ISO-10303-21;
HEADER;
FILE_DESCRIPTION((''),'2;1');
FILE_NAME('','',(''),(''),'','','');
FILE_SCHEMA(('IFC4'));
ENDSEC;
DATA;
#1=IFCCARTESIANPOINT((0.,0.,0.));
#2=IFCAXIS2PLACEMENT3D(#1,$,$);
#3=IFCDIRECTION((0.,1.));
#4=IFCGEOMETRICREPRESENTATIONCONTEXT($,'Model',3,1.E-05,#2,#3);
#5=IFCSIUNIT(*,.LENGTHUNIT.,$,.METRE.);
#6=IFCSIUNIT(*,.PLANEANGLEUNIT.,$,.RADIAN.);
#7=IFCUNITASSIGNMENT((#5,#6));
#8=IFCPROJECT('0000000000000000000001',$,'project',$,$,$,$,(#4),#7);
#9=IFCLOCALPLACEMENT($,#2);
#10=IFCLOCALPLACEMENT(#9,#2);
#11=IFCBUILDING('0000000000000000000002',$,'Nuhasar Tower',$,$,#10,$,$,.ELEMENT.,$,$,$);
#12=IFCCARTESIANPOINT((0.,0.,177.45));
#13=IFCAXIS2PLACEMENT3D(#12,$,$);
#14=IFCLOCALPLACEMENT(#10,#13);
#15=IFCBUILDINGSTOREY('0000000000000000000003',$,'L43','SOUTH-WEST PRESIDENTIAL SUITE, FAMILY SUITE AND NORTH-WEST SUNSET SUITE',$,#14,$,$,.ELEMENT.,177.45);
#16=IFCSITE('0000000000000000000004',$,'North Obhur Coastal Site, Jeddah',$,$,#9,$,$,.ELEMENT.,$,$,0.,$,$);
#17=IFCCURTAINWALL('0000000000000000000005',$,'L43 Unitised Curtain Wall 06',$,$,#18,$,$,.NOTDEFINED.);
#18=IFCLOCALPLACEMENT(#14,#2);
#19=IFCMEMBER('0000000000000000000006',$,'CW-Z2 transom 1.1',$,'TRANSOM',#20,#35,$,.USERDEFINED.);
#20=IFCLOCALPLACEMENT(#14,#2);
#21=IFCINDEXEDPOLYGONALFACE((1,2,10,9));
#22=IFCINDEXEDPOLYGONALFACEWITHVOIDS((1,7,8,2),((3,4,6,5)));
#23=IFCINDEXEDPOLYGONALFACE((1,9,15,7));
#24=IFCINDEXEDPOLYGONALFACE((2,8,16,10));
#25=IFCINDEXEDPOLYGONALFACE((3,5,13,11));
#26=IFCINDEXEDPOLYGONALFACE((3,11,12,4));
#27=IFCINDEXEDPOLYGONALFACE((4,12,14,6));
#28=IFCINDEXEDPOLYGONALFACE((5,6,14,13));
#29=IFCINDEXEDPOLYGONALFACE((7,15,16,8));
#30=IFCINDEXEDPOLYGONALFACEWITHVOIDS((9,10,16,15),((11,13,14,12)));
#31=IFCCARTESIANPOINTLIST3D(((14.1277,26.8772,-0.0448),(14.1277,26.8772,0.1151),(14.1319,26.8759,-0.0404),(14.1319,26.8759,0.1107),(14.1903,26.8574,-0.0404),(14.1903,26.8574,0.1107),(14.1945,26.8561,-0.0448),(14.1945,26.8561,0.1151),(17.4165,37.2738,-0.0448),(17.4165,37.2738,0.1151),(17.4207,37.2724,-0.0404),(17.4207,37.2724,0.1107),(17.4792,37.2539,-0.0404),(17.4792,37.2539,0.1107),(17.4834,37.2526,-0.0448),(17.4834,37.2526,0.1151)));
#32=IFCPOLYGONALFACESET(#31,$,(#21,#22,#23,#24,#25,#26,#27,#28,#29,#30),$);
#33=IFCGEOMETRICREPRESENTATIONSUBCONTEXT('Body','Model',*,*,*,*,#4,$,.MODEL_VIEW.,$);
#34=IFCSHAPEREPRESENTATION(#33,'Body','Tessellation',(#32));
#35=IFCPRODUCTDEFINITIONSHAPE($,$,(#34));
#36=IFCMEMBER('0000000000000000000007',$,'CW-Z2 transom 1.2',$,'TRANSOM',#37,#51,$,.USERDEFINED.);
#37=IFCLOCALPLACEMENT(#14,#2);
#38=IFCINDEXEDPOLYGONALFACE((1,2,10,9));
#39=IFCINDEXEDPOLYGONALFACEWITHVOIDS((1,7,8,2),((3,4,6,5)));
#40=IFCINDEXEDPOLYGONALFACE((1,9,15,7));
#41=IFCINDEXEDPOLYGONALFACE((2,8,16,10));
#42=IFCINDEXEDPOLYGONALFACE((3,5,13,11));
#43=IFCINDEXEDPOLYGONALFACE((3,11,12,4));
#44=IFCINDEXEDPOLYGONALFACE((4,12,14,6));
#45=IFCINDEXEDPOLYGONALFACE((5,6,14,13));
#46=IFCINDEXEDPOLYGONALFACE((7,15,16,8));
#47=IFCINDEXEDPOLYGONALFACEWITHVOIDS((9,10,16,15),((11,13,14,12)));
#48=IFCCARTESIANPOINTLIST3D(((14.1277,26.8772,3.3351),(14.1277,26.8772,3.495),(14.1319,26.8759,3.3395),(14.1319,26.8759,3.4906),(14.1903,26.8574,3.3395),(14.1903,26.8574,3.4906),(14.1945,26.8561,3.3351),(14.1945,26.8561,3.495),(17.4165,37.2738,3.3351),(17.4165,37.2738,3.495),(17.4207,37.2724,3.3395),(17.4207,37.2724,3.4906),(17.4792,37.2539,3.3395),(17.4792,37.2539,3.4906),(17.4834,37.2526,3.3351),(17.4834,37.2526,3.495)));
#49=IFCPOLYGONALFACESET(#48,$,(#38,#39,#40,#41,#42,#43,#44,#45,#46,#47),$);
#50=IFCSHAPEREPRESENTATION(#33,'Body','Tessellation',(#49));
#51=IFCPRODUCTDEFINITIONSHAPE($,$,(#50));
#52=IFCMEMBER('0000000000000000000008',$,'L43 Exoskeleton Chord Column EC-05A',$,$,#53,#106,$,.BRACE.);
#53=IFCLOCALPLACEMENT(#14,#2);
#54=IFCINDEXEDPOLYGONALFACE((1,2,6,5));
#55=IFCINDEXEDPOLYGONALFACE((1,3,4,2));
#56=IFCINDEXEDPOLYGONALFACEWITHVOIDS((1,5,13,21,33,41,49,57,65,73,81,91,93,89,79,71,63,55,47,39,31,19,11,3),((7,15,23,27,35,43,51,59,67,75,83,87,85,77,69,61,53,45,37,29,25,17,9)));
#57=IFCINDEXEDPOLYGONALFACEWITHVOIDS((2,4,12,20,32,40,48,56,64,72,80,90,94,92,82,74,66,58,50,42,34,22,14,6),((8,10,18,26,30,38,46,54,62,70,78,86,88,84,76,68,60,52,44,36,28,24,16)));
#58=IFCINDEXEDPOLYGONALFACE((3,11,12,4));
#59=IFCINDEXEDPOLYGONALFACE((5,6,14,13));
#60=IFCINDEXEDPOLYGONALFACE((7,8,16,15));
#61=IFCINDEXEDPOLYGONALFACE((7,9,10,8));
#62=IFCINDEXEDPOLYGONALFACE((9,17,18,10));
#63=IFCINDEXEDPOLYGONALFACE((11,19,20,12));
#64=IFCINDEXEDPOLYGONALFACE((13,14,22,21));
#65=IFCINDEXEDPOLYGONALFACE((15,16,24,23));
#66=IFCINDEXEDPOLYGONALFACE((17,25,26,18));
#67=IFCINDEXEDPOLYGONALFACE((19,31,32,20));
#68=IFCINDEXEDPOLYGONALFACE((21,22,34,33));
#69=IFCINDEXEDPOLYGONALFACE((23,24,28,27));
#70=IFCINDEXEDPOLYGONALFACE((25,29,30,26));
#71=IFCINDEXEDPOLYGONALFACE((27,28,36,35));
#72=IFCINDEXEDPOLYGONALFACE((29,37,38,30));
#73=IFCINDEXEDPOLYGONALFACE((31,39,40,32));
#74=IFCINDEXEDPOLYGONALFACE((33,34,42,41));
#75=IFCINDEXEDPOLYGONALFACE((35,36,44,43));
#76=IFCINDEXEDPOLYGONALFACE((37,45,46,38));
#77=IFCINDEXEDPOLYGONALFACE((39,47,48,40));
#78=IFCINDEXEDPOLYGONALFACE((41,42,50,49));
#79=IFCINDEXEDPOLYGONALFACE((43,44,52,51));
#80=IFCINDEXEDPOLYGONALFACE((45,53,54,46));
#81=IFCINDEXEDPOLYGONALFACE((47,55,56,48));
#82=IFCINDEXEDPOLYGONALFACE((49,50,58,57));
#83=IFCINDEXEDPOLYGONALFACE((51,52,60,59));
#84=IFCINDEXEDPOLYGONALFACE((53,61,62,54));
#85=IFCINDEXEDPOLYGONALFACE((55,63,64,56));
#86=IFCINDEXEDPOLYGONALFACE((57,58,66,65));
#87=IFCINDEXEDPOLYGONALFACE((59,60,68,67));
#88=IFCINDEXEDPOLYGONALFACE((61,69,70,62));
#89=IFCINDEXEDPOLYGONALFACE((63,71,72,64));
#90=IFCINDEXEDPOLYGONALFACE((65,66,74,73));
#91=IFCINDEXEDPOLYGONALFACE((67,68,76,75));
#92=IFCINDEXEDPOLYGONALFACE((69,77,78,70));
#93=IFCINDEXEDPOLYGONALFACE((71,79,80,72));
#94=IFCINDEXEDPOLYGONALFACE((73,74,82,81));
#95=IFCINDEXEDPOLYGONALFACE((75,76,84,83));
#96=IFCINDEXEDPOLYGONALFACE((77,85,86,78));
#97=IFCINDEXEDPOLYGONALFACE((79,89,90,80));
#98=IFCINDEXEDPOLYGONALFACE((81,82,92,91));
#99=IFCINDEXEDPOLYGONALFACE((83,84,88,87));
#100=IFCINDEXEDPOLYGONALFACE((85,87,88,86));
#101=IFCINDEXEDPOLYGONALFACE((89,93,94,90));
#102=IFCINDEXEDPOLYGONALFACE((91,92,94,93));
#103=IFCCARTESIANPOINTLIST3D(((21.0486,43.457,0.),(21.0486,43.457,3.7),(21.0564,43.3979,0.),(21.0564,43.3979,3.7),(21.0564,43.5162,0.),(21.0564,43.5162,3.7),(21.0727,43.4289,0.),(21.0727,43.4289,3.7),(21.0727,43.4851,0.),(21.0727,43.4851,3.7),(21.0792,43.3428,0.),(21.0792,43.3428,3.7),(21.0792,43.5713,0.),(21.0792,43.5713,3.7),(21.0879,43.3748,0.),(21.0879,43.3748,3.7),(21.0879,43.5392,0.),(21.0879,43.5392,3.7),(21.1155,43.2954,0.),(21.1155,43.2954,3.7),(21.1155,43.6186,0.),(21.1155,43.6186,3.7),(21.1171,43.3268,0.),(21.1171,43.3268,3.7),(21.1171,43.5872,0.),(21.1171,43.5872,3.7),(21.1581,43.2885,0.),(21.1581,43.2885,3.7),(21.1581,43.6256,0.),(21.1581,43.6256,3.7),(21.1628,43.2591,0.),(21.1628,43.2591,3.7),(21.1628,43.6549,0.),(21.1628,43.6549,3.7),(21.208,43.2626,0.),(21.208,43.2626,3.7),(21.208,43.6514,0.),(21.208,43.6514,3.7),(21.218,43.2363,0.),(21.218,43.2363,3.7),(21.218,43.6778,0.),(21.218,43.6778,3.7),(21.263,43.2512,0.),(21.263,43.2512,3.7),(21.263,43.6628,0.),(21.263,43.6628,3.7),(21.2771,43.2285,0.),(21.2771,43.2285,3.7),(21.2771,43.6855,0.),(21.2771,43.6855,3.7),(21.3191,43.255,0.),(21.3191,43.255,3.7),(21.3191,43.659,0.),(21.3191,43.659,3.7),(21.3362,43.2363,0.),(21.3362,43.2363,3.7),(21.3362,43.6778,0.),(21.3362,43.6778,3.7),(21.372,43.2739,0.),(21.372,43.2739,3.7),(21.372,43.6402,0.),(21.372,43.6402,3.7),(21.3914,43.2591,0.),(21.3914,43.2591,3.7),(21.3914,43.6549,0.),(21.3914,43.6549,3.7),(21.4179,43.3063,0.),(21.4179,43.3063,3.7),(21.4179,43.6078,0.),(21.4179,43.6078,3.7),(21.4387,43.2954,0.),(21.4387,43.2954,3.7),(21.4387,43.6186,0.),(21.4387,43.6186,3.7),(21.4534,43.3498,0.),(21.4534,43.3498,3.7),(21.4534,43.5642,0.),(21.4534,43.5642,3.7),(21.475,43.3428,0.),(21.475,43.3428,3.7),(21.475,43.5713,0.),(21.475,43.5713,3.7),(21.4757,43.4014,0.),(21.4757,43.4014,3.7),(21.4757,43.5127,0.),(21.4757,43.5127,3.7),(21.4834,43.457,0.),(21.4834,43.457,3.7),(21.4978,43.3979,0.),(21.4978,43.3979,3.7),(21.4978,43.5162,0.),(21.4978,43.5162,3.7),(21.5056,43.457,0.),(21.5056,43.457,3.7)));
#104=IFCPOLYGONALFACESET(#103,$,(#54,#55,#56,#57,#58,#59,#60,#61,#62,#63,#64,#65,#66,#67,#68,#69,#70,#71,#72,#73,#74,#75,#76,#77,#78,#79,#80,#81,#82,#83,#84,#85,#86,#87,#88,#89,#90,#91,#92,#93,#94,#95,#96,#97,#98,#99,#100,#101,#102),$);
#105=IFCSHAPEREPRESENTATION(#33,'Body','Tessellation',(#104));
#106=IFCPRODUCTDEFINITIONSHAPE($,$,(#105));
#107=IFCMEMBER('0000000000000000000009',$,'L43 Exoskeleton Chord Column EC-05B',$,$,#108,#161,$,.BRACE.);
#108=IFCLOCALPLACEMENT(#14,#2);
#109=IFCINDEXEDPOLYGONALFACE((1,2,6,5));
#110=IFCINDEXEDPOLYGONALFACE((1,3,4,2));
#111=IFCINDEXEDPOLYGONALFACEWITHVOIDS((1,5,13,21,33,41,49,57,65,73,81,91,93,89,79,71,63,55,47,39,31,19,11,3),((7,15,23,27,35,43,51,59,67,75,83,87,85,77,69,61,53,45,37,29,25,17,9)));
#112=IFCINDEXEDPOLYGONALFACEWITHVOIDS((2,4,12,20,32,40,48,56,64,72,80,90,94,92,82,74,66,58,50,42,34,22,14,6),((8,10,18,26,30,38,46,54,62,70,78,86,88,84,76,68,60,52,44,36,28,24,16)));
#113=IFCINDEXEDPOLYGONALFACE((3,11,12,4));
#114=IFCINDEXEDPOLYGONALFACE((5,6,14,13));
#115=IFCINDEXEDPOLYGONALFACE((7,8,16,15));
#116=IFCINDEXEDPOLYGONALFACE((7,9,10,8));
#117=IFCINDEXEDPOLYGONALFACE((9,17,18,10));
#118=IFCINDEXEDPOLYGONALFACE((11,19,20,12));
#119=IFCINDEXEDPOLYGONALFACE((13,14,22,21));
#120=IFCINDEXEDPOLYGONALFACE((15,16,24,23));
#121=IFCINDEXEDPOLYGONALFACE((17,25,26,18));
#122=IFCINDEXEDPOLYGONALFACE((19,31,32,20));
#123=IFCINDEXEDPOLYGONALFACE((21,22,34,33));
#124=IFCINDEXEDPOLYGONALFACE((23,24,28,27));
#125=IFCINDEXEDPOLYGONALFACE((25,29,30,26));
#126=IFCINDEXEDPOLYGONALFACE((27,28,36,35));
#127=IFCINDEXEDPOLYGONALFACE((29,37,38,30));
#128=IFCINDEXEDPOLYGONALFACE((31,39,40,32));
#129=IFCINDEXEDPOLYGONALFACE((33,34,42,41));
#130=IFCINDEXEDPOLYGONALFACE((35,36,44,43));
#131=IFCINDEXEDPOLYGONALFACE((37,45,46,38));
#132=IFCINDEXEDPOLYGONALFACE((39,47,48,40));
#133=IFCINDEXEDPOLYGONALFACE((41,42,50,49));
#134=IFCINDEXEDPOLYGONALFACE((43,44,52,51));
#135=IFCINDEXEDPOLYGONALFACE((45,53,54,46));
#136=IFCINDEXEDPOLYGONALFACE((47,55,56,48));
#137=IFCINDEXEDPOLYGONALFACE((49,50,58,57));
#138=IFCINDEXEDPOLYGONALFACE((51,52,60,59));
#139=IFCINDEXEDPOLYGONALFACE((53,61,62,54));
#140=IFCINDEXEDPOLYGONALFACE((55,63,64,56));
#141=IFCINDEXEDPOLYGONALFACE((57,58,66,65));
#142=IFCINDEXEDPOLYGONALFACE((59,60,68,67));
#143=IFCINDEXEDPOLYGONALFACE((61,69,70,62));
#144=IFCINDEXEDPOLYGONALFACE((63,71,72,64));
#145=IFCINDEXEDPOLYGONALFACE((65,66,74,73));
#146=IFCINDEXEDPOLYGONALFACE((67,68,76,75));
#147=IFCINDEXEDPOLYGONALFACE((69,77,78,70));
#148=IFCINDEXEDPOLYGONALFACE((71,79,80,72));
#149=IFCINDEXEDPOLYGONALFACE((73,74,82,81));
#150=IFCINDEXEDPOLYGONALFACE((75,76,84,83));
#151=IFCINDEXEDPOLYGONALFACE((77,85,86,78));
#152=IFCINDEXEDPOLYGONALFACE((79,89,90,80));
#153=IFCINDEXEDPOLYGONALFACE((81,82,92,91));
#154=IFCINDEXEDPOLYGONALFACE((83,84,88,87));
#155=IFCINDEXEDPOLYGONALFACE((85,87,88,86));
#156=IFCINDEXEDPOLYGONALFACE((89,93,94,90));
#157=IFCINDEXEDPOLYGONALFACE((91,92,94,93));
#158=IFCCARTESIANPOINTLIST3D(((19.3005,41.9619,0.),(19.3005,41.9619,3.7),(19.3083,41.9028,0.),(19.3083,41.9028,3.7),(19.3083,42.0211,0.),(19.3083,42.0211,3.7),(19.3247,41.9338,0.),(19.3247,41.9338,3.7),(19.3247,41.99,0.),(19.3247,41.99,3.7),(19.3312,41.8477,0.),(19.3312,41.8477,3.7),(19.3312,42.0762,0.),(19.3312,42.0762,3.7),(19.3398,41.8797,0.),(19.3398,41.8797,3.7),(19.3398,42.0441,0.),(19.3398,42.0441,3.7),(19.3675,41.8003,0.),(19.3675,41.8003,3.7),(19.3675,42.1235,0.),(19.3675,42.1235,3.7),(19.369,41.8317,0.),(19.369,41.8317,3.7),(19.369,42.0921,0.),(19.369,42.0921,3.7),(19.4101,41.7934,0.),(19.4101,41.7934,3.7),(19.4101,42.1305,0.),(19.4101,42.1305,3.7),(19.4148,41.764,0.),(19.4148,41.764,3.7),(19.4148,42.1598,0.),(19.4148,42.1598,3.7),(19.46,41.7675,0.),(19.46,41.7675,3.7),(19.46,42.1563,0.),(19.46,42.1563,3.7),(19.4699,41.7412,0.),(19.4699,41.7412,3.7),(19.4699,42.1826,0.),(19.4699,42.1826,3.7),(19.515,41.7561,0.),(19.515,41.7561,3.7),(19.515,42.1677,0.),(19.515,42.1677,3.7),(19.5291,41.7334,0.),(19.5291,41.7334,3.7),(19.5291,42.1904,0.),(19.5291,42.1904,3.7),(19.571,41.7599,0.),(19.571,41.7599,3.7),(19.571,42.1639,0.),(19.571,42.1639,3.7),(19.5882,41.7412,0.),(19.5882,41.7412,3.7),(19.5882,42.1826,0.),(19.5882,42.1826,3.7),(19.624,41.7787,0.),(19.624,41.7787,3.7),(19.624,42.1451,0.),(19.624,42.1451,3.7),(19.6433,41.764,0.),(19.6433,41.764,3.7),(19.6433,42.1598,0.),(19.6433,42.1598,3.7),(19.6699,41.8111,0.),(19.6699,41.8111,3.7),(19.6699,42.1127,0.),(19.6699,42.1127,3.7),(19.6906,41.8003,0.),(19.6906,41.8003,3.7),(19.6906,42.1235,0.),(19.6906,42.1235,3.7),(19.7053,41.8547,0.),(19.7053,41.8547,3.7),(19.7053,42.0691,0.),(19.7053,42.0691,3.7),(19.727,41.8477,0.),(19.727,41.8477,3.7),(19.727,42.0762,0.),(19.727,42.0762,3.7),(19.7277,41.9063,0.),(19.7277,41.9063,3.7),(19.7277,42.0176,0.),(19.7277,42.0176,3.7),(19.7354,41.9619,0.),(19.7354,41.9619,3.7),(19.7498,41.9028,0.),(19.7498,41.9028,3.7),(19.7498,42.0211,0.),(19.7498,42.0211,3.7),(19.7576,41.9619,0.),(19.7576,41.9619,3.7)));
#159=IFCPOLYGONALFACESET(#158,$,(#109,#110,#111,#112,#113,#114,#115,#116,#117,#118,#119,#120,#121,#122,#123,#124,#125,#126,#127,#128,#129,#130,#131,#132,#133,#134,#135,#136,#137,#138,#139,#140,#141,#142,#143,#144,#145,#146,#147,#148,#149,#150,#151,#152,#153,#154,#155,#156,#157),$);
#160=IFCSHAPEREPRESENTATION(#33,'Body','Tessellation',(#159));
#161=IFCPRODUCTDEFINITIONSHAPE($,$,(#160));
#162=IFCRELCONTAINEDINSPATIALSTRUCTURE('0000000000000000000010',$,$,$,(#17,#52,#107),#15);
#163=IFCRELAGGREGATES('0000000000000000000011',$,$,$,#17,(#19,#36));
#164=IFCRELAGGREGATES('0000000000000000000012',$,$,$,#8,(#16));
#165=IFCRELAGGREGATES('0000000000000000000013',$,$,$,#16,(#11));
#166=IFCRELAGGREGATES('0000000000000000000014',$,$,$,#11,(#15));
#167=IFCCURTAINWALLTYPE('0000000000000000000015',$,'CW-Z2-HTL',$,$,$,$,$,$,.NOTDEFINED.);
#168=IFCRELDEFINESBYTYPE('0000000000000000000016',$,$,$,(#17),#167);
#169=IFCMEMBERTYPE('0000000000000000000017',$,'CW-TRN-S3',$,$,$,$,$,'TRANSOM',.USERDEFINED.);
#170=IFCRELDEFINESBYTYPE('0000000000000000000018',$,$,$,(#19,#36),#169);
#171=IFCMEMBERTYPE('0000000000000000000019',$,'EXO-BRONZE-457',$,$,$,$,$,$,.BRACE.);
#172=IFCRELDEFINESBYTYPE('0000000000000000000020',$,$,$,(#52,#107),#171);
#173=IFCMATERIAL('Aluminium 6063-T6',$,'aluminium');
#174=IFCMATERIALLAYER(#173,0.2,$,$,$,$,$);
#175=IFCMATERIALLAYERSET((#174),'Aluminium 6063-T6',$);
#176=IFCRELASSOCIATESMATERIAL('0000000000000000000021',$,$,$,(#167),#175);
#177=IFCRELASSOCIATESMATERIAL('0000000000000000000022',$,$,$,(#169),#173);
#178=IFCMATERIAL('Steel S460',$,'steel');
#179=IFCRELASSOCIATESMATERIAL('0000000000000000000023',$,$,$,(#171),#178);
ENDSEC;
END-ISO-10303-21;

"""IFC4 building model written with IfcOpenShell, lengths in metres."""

from ifc_helpers import new_model, si_unit, direction, frame, origin, origin_2d, place, context, subcontext, project, spatial, hollow_rectangle, hollow_circle, extrude, material, layer, layer_set, material_profile, profile_set, type_object, element, aggregate, save


model = new_model("IFC4")

# Units and contexts
model_context = context("Model", 3, precision=1e-05, world=origin(), true_north=direction((0.0, 1.0)))
body_context = subcontext(model_context, "Body", "Model", "MODEL_VIEW")
ifc_project = project(units=[si_unit("LENGTHUNIT", "METRE"), si_unit("PLANEANGLEUNIT", "RADIAN")], contexts=[model_context])

# Site, building, storey
site_placement = place(None, origin())
site = spatial("IfcSite", under=ifc_project, at=site_placement, Name="North Obhur Coastal Site, Jeddah", CompositionType="ELEMENT", RefElevation=0.0)
building_placement = place(site_placement, origin())
building = spatial("IfcBuilding", under=site, at=building_placement, Name="Nuhasar Tower", CompositionType="ELEMENT")
storey_placement = place(building_placement, frame((0.0, 0.0, 177.45)))
storey = spatial("IfcBuildingStorey", under=building, at=storey_placement, Name="L43", Description="SOUTH-WEST PRESIDENTIAL SUITE, FAMILY SUITE AND NORTH-WEST SUNSET SUITE", CompositionType="ELEMENT", Elevation=177.45)

# Shared definitions
ifc_material_1 = material(Name="Aluminium 6063-T6", Category="aluminium")
ifc_layer_1 = layer(ifc_material_1, 0.2)
ifc_layer_set_1 = layer_set([ifc_layer_1], Name="Aluminium 6063-T6")
curtain_wall_type = type_object("IfcCurtainWallType", Name="CW-Z2-HTL", PredefinedType="NOTDEFINED", material=ifc_layer_set_1)

# Curtain wall
curtain_wall_1_placement = place(storey_placement, origin())
curtain_wall_1 = element("IfcCurtainWall", 1, at=curtain_wall_1_placement, inside=storey, type_object=curtain_wall_type, Name="L43 Unitised Curtain Wall 06", PredefinedType="NOTDEFINED")

# Members
ifc_material_profile_1 = material_profile(ifc_material_1, hollow_rectangle(XDim=0.0701, YDim=0.1599, WallThickness=0.0044, at=origin_2d()), Name="CWT-3")
ifc_profile_set_1 = profile_set([ifc_material_profile_1], Name="Aluminium 6063-T6")
member_type_1 = type_object("IfcMemberType", Name="CW-TRN-S3", ElementType="TRANSOM", PredefinedType="USERDEFINED", material=ifc_profile_set_1)
member_1_placement = place(storey_placement, frame((17.45, 37.2632, 0.0352), z_axis=(-0.301608, -0.953432, 0.0), x_axis=(0.953432, -0.301608, 0.0)))
member_1 = element("IfcMember", 2, at=member_1_placement, type_object=member_type_1, Name="CW-Z2 transom 1.1", ObjectType="TRANSOM", PredefinedType="USERDEFINED", context=body_context, shape_type="SweptSolid", body=[
    extrude(hollow_rectangle(XDim=0.0701, YDim=0.1599, WallThickness=0.0044, at=origin_2d()), origin(), (0.0, 0.0, 1.0), 10.9043),
])
member_2_placement = place(storey_placement, frame((17.45, 37.2632, 3.415), z_axis=(-0.301608, -0.953432, 0.0), x_axis=(0.953432, -0.301608, 0.0)))
member_2 = element("IfcMember", 3, at=member_2_placement, type_object=member_type_1, Name="CW-Z2 transom 1.2", ObjectType="TRANSOM", PredefinedType="USERDEFINED", context=body_context, shape_type="SweptSolid", body=[
    extrude(hollow_rectangle(XDim=0.0701, YDim=0.1599, WallThickness=0.0044, at=origin_2d()), origin(), (0.0, 0.0, 1.0), 10.9043),
])
aggregate(curtain_wall_1, [member_1, member_2])

# Members
ifc_material_2 = material(Name="Steel S460", Category="steel")
ifc_material_profile_2 = material_profile(ifc_material_2, hollow_circle(Radius=0.2285, WallThickness=0.0222, at=origin_2d()), Name="HSS457X22.2")
ifc_profile_set_2 = profile_set([ifc_material_profile_2], Name="Steel S460")
member_type_2 = type_object("IfcMemberType", Name="EXO-BRONZE-457", PredefinedType="BRACE", material=ifc_profile_set_2)
for number, where, z_axis, x_axis, name in (
    (4, (21.2771, 43.457, 0.0), (0.0, 0.0, 1.0), (1.0, 0.0, 0.0), "L43 Exoskeleton Chord Column EC-05A"),
    (5, (19.5291, 41.9619, 0.0), (0.0, 0.0, 1.0), (1.0, 0.0, 0.0), "L43 Exoskeleton Chord Column EC-05B"),
):
    element("IfcMember", number, at=place(storey_placement, frame(where, z_axis=z_axis, x_axis=x_axis)), inside=storey, type_object=member_type_2, Name=name, PredefinedType="BRACE", context=body_context, shape_type="SweptSolid", body=[
        extrude(hollow_circle(Radius=0.2285, WallThickness=0.0222, at=origin_2d()), origin(), (0.0, 0.0, 1.0), 3.7),
    ])

save(model, "model.ifc")
